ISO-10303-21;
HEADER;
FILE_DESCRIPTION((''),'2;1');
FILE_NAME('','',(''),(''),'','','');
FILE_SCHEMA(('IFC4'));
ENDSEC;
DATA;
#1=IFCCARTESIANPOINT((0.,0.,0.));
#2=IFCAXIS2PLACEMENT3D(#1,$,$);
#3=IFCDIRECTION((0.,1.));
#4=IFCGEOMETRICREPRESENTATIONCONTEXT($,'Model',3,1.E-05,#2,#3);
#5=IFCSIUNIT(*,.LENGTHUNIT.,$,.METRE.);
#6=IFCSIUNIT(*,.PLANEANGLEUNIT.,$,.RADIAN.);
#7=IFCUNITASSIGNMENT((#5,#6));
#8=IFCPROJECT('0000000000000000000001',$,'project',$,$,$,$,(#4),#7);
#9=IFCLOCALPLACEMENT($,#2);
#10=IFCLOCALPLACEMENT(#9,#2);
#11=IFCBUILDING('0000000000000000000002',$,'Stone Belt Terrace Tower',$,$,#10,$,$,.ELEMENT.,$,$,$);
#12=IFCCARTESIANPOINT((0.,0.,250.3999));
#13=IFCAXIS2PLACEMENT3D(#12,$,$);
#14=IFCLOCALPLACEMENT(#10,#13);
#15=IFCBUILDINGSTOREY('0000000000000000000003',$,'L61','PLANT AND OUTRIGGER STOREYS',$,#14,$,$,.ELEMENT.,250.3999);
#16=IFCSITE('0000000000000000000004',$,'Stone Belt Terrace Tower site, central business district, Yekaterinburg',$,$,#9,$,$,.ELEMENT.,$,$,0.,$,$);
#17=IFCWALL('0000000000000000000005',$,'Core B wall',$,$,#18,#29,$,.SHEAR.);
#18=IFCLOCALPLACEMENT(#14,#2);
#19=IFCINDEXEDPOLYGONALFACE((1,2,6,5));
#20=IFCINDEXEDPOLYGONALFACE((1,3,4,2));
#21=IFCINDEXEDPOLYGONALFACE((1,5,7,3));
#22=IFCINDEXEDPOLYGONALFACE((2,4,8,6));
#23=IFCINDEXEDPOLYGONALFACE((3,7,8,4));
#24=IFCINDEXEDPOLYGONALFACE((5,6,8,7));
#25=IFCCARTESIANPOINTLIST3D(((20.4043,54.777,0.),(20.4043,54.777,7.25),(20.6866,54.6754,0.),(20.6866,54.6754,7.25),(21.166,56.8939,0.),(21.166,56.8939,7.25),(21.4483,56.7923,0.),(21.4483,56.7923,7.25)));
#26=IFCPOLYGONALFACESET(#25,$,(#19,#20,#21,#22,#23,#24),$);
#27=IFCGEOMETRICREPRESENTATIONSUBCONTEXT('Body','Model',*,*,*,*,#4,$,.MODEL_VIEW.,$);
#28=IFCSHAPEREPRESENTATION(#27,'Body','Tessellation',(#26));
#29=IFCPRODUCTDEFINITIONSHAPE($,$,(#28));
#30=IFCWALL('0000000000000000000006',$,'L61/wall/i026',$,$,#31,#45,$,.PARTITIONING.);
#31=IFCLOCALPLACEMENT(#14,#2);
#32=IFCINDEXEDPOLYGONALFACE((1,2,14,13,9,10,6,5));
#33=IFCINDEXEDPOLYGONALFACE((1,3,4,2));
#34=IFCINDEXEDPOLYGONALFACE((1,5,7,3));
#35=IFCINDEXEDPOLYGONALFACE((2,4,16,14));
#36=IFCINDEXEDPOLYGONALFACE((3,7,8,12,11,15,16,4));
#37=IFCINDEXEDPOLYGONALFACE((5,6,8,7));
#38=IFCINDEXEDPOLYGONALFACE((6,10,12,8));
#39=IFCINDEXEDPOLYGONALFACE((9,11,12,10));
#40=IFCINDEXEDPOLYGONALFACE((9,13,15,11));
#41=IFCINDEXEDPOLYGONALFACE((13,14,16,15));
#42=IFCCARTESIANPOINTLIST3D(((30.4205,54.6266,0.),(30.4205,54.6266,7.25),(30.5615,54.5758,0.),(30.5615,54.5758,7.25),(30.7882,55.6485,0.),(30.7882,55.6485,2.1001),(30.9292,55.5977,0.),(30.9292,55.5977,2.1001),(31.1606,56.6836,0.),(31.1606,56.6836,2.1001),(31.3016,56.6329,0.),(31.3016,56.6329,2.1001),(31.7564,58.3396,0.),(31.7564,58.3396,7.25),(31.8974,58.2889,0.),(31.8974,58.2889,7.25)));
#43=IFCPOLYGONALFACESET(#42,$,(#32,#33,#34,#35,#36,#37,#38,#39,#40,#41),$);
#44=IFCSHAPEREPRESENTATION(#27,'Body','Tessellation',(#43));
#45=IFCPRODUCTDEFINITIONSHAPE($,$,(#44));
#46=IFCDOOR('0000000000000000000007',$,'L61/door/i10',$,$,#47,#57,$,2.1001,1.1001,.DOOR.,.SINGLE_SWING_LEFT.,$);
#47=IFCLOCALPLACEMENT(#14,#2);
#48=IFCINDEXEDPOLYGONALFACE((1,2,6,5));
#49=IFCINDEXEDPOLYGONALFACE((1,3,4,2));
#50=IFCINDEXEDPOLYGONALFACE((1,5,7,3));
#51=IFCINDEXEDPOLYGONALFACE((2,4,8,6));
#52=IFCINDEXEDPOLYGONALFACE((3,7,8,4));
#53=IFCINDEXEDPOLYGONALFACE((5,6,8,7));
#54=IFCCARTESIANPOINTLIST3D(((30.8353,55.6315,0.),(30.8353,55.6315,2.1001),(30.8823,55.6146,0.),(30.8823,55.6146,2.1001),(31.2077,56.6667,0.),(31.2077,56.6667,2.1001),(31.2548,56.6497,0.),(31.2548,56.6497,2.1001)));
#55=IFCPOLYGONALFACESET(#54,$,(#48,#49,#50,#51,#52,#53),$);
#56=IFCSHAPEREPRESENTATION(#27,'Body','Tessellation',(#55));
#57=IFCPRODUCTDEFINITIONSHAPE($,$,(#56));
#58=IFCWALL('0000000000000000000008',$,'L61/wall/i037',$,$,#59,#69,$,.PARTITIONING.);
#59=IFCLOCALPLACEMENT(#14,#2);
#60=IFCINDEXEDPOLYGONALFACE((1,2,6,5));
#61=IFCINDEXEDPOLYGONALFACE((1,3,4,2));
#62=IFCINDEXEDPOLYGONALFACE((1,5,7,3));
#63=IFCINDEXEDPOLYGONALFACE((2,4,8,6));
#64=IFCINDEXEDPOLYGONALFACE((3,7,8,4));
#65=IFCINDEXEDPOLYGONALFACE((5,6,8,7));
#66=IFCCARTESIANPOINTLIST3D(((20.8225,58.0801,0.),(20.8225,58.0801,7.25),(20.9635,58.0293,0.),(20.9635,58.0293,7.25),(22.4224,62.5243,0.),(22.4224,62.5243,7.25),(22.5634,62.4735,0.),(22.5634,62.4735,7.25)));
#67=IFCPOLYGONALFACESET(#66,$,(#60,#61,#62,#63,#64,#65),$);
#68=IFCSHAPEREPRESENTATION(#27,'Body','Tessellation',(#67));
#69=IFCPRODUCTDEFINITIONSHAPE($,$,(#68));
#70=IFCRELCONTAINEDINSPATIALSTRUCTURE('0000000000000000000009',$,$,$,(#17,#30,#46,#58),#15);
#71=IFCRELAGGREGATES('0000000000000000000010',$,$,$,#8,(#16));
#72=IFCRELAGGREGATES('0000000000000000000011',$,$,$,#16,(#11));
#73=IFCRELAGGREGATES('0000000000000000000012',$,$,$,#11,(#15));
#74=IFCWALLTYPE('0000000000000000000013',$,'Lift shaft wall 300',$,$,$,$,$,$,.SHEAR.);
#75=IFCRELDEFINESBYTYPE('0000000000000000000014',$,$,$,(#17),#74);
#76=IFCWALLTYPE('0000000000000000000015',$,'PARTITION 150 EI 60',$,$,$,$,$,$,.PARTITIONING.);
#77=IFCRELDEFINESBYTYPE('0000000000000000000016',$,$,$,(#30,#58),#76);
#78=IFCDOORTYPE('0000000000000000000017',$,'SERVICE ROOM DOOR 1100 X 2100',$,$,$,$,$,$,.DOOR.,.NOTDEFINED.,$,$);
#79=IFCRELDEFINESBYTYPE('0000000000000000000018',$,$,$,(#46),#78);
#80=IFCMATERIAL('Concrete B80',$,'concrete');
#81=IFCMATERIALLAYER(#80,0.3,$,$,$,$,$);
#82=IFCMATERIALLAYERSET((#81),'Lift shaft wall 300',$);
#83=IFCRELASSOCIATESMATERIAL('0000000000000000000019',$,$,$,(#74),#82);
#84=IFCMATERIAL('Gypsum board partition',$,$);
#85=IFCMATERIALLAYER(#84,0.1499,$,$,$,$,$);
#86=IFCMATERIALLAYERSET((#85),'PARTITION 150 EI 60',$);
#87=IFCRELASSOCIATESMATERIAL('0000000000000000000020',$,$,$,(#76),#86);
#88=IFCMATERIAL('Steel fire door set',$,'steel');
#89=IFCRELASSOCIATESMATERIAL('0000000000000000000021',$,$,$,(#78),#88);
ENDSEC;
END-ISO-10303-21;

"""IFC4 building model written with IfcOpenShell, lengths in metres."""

from ifc_helpers import new_model, si_unit, direction, frame, frame_2d, origin, place, context, subcontext, project, spatial, rectangle, extrude, material, layer, layer_set, type_object, element, fill, save


model = new_model("IFC4")

# Units and contexts
model_context = context("Model", 3, precision=1e-05, world=origin(), true_north=direction((0.0, 1.0)))
body_context = subcontext(model_context, "Body", "Model", "MODEL_VIEW")
ifc_project = project(units=[si_unit("LENGTHUNIT", "METRE"), si_unit("PLANEANGLEUNIT", "RADIAN")], contexts=[model_context])

# Site, building, storey
site_placement = place(None, origin())
site = spatial("IfcSite", under=ifc_project, at=site_placement, Name="Stone Belt Terrace Tower site, central business district, Yekaterinburg", CompositionType="ELEMENT", RefElevation=0.0)
building_placement = place(site_placement, origin())
building = spatial("IfcBuilding", under=site, at=building_placement, Name="Stone Belt Terrace Tower", CompositionType="ELEMENT")
storey_placement = place(building_placement, frame((0.0, 0.0, 250.3999)))
storey = spatial("IfcBuildingStorey", under=building, at=storey_placement, Name="L61", Description="PLANT AND OUTRIGGER STOREYS", CompositionType="ELEMENT", Elevation=250.3999)

# Wall
ifc_material_1 = material(Name="Concrete B80", Category="concrete")
ifc_layer_1 = layer(ifc_material_1, 0.3)
ifc_layer_set_1 = layer_set([ifc_layer_1], Name="Lift shaft wall 300")
wall_type_1 = type_object("IfcWallType", Name="Lift shaft wall 300", PredefinedType="SHEAR", material=ifc_layer_set_1)
wall_1_placement = place(storey_placement, frame((20.5454, 54.7261, 0.0), z_axis=(0.0, 0.0, 1.0), x_axis=(0.33857, 0.940941, 0.0)))
element("IfcWall", 1, at=wall_1_placement, inside=storey, type_object=wall_type_1, Name="Core B wall", PredefinedType="SHEAR", context=body_context, shape_type="SweptSolid", body=[
    extrude(rectangle(XDim=2.2498, YDim=0.3, at=frame_2d((1.125, 0.0))), origin(), (0.0, 0.0, 1.0), 7.25),
])

# Wall, opening, door
ifc_material_2 = material(Name="Gypsum board partition")
ifc_layer_2 = layer(ifc_material_2, 0.1499)
ifc_layer_set_2 = layer_set([ifc_layer_2], Name="PARTITION 150 EI 60")
wall_type_2 = type_object("IfcWallType", Name="PARTITION 150 EI 60", PredefinedType="PARTITIONING", material=ifc_layer_set_2)
wall_2_placement = place(storey_placement, frame((30.491, 54.6011, 0.0), z_axis=(0.0, 0.0, 1.0), x_axis=(0.338542, 0.940951, 0.0)))
wall_2 = element("IfcWall", 2, at=wall_2_placement, inside=storey, type_object=wall_type_2, Name="L61/wall/i026", PredefinedType="PARTITIONING", context=body_context, shape_type="SweptSolid", body=[
    extrude(rectangle(XDim=3.946, YDim=0.1499, at=frame_2d((1.9731, 0.0))), origin(), (0.0, 0.0, 1.0), 7.25),
])
opening_placement = place(wall_2_placement, frame((1.0862, 0.0, 0.0)))
opening = element("IfcOpeningElement", 3, at=opening_placement, cuts=wall_2, PredefinedType="OPENING", context=body_context, shape_type="SweptSolid", body=[
    extrude(rectangle(XDim=1.1001, YDim=2.1001, at=frame_2d((0.55, 1.05))), frame((0.0, 0.085, 0.0), z_axis=(0.0, -1.0, 0.0), x_axis=(1.0, 0.0, 0.0)), (0.0, 0.0, 1.0), 0.1699),
])
ifc_material_3 = material(Name="Steel fire door set", Category="steel")
door_type = type_object("IfcDoorType", Name="SERVICE ROOM DOOR 1100 X 2100", OperationType="NOTDEFINED", PredefinedType="DOOR", material=ifc_material_3)
door_placement = place(opening_placement, origin())
door = element("IfcDoor", 4, at=door_placement, inside=storey, type_object=door_type, Name="L61/door/i10", OperationType="SINGLE_SWING_LEFT", OverallHeight=2.1001, OverallWidth=1.1001, PredefinedType="DOOR", context=body_context, shape_type="SweptSolid", body=[
    extrude(rectangle(XDim=1.1001, YDim=2.1001, at=frame_2d((0.55, 1.05))), frame((0.0, 0.0249, 0.0), z_axis=(0.0, -1.0, 0.0), x_axis=(1.0, 0.0, 0.0)), (0.0, 0.0, 1.0), 0.05),
])
fill(opening, door)

# Wall
wall_3_placement = place(storey_placement, frame((22.4929, 62.499, 0.0), z_axis=(0.0, 0.0, 1.0), x_axis=(-0.338716, -0.940889, 0.0)))
element("IfcWall", 5, at=wall_3_placement, inside=storey, type_object=wall_type_2, Name="L61/wall/i037", PredefinedType="PARTITIONING", context=body_context, shape_type="SweptSolid", body=[
    extrude(rectangle(XDim=4.7234, YDim=0.1499, at=frame_2d((2.3618, 0.0))), origin(), (0.0, 0.0, 1.0), 7.25),
])

save(model, "model.ifc")
